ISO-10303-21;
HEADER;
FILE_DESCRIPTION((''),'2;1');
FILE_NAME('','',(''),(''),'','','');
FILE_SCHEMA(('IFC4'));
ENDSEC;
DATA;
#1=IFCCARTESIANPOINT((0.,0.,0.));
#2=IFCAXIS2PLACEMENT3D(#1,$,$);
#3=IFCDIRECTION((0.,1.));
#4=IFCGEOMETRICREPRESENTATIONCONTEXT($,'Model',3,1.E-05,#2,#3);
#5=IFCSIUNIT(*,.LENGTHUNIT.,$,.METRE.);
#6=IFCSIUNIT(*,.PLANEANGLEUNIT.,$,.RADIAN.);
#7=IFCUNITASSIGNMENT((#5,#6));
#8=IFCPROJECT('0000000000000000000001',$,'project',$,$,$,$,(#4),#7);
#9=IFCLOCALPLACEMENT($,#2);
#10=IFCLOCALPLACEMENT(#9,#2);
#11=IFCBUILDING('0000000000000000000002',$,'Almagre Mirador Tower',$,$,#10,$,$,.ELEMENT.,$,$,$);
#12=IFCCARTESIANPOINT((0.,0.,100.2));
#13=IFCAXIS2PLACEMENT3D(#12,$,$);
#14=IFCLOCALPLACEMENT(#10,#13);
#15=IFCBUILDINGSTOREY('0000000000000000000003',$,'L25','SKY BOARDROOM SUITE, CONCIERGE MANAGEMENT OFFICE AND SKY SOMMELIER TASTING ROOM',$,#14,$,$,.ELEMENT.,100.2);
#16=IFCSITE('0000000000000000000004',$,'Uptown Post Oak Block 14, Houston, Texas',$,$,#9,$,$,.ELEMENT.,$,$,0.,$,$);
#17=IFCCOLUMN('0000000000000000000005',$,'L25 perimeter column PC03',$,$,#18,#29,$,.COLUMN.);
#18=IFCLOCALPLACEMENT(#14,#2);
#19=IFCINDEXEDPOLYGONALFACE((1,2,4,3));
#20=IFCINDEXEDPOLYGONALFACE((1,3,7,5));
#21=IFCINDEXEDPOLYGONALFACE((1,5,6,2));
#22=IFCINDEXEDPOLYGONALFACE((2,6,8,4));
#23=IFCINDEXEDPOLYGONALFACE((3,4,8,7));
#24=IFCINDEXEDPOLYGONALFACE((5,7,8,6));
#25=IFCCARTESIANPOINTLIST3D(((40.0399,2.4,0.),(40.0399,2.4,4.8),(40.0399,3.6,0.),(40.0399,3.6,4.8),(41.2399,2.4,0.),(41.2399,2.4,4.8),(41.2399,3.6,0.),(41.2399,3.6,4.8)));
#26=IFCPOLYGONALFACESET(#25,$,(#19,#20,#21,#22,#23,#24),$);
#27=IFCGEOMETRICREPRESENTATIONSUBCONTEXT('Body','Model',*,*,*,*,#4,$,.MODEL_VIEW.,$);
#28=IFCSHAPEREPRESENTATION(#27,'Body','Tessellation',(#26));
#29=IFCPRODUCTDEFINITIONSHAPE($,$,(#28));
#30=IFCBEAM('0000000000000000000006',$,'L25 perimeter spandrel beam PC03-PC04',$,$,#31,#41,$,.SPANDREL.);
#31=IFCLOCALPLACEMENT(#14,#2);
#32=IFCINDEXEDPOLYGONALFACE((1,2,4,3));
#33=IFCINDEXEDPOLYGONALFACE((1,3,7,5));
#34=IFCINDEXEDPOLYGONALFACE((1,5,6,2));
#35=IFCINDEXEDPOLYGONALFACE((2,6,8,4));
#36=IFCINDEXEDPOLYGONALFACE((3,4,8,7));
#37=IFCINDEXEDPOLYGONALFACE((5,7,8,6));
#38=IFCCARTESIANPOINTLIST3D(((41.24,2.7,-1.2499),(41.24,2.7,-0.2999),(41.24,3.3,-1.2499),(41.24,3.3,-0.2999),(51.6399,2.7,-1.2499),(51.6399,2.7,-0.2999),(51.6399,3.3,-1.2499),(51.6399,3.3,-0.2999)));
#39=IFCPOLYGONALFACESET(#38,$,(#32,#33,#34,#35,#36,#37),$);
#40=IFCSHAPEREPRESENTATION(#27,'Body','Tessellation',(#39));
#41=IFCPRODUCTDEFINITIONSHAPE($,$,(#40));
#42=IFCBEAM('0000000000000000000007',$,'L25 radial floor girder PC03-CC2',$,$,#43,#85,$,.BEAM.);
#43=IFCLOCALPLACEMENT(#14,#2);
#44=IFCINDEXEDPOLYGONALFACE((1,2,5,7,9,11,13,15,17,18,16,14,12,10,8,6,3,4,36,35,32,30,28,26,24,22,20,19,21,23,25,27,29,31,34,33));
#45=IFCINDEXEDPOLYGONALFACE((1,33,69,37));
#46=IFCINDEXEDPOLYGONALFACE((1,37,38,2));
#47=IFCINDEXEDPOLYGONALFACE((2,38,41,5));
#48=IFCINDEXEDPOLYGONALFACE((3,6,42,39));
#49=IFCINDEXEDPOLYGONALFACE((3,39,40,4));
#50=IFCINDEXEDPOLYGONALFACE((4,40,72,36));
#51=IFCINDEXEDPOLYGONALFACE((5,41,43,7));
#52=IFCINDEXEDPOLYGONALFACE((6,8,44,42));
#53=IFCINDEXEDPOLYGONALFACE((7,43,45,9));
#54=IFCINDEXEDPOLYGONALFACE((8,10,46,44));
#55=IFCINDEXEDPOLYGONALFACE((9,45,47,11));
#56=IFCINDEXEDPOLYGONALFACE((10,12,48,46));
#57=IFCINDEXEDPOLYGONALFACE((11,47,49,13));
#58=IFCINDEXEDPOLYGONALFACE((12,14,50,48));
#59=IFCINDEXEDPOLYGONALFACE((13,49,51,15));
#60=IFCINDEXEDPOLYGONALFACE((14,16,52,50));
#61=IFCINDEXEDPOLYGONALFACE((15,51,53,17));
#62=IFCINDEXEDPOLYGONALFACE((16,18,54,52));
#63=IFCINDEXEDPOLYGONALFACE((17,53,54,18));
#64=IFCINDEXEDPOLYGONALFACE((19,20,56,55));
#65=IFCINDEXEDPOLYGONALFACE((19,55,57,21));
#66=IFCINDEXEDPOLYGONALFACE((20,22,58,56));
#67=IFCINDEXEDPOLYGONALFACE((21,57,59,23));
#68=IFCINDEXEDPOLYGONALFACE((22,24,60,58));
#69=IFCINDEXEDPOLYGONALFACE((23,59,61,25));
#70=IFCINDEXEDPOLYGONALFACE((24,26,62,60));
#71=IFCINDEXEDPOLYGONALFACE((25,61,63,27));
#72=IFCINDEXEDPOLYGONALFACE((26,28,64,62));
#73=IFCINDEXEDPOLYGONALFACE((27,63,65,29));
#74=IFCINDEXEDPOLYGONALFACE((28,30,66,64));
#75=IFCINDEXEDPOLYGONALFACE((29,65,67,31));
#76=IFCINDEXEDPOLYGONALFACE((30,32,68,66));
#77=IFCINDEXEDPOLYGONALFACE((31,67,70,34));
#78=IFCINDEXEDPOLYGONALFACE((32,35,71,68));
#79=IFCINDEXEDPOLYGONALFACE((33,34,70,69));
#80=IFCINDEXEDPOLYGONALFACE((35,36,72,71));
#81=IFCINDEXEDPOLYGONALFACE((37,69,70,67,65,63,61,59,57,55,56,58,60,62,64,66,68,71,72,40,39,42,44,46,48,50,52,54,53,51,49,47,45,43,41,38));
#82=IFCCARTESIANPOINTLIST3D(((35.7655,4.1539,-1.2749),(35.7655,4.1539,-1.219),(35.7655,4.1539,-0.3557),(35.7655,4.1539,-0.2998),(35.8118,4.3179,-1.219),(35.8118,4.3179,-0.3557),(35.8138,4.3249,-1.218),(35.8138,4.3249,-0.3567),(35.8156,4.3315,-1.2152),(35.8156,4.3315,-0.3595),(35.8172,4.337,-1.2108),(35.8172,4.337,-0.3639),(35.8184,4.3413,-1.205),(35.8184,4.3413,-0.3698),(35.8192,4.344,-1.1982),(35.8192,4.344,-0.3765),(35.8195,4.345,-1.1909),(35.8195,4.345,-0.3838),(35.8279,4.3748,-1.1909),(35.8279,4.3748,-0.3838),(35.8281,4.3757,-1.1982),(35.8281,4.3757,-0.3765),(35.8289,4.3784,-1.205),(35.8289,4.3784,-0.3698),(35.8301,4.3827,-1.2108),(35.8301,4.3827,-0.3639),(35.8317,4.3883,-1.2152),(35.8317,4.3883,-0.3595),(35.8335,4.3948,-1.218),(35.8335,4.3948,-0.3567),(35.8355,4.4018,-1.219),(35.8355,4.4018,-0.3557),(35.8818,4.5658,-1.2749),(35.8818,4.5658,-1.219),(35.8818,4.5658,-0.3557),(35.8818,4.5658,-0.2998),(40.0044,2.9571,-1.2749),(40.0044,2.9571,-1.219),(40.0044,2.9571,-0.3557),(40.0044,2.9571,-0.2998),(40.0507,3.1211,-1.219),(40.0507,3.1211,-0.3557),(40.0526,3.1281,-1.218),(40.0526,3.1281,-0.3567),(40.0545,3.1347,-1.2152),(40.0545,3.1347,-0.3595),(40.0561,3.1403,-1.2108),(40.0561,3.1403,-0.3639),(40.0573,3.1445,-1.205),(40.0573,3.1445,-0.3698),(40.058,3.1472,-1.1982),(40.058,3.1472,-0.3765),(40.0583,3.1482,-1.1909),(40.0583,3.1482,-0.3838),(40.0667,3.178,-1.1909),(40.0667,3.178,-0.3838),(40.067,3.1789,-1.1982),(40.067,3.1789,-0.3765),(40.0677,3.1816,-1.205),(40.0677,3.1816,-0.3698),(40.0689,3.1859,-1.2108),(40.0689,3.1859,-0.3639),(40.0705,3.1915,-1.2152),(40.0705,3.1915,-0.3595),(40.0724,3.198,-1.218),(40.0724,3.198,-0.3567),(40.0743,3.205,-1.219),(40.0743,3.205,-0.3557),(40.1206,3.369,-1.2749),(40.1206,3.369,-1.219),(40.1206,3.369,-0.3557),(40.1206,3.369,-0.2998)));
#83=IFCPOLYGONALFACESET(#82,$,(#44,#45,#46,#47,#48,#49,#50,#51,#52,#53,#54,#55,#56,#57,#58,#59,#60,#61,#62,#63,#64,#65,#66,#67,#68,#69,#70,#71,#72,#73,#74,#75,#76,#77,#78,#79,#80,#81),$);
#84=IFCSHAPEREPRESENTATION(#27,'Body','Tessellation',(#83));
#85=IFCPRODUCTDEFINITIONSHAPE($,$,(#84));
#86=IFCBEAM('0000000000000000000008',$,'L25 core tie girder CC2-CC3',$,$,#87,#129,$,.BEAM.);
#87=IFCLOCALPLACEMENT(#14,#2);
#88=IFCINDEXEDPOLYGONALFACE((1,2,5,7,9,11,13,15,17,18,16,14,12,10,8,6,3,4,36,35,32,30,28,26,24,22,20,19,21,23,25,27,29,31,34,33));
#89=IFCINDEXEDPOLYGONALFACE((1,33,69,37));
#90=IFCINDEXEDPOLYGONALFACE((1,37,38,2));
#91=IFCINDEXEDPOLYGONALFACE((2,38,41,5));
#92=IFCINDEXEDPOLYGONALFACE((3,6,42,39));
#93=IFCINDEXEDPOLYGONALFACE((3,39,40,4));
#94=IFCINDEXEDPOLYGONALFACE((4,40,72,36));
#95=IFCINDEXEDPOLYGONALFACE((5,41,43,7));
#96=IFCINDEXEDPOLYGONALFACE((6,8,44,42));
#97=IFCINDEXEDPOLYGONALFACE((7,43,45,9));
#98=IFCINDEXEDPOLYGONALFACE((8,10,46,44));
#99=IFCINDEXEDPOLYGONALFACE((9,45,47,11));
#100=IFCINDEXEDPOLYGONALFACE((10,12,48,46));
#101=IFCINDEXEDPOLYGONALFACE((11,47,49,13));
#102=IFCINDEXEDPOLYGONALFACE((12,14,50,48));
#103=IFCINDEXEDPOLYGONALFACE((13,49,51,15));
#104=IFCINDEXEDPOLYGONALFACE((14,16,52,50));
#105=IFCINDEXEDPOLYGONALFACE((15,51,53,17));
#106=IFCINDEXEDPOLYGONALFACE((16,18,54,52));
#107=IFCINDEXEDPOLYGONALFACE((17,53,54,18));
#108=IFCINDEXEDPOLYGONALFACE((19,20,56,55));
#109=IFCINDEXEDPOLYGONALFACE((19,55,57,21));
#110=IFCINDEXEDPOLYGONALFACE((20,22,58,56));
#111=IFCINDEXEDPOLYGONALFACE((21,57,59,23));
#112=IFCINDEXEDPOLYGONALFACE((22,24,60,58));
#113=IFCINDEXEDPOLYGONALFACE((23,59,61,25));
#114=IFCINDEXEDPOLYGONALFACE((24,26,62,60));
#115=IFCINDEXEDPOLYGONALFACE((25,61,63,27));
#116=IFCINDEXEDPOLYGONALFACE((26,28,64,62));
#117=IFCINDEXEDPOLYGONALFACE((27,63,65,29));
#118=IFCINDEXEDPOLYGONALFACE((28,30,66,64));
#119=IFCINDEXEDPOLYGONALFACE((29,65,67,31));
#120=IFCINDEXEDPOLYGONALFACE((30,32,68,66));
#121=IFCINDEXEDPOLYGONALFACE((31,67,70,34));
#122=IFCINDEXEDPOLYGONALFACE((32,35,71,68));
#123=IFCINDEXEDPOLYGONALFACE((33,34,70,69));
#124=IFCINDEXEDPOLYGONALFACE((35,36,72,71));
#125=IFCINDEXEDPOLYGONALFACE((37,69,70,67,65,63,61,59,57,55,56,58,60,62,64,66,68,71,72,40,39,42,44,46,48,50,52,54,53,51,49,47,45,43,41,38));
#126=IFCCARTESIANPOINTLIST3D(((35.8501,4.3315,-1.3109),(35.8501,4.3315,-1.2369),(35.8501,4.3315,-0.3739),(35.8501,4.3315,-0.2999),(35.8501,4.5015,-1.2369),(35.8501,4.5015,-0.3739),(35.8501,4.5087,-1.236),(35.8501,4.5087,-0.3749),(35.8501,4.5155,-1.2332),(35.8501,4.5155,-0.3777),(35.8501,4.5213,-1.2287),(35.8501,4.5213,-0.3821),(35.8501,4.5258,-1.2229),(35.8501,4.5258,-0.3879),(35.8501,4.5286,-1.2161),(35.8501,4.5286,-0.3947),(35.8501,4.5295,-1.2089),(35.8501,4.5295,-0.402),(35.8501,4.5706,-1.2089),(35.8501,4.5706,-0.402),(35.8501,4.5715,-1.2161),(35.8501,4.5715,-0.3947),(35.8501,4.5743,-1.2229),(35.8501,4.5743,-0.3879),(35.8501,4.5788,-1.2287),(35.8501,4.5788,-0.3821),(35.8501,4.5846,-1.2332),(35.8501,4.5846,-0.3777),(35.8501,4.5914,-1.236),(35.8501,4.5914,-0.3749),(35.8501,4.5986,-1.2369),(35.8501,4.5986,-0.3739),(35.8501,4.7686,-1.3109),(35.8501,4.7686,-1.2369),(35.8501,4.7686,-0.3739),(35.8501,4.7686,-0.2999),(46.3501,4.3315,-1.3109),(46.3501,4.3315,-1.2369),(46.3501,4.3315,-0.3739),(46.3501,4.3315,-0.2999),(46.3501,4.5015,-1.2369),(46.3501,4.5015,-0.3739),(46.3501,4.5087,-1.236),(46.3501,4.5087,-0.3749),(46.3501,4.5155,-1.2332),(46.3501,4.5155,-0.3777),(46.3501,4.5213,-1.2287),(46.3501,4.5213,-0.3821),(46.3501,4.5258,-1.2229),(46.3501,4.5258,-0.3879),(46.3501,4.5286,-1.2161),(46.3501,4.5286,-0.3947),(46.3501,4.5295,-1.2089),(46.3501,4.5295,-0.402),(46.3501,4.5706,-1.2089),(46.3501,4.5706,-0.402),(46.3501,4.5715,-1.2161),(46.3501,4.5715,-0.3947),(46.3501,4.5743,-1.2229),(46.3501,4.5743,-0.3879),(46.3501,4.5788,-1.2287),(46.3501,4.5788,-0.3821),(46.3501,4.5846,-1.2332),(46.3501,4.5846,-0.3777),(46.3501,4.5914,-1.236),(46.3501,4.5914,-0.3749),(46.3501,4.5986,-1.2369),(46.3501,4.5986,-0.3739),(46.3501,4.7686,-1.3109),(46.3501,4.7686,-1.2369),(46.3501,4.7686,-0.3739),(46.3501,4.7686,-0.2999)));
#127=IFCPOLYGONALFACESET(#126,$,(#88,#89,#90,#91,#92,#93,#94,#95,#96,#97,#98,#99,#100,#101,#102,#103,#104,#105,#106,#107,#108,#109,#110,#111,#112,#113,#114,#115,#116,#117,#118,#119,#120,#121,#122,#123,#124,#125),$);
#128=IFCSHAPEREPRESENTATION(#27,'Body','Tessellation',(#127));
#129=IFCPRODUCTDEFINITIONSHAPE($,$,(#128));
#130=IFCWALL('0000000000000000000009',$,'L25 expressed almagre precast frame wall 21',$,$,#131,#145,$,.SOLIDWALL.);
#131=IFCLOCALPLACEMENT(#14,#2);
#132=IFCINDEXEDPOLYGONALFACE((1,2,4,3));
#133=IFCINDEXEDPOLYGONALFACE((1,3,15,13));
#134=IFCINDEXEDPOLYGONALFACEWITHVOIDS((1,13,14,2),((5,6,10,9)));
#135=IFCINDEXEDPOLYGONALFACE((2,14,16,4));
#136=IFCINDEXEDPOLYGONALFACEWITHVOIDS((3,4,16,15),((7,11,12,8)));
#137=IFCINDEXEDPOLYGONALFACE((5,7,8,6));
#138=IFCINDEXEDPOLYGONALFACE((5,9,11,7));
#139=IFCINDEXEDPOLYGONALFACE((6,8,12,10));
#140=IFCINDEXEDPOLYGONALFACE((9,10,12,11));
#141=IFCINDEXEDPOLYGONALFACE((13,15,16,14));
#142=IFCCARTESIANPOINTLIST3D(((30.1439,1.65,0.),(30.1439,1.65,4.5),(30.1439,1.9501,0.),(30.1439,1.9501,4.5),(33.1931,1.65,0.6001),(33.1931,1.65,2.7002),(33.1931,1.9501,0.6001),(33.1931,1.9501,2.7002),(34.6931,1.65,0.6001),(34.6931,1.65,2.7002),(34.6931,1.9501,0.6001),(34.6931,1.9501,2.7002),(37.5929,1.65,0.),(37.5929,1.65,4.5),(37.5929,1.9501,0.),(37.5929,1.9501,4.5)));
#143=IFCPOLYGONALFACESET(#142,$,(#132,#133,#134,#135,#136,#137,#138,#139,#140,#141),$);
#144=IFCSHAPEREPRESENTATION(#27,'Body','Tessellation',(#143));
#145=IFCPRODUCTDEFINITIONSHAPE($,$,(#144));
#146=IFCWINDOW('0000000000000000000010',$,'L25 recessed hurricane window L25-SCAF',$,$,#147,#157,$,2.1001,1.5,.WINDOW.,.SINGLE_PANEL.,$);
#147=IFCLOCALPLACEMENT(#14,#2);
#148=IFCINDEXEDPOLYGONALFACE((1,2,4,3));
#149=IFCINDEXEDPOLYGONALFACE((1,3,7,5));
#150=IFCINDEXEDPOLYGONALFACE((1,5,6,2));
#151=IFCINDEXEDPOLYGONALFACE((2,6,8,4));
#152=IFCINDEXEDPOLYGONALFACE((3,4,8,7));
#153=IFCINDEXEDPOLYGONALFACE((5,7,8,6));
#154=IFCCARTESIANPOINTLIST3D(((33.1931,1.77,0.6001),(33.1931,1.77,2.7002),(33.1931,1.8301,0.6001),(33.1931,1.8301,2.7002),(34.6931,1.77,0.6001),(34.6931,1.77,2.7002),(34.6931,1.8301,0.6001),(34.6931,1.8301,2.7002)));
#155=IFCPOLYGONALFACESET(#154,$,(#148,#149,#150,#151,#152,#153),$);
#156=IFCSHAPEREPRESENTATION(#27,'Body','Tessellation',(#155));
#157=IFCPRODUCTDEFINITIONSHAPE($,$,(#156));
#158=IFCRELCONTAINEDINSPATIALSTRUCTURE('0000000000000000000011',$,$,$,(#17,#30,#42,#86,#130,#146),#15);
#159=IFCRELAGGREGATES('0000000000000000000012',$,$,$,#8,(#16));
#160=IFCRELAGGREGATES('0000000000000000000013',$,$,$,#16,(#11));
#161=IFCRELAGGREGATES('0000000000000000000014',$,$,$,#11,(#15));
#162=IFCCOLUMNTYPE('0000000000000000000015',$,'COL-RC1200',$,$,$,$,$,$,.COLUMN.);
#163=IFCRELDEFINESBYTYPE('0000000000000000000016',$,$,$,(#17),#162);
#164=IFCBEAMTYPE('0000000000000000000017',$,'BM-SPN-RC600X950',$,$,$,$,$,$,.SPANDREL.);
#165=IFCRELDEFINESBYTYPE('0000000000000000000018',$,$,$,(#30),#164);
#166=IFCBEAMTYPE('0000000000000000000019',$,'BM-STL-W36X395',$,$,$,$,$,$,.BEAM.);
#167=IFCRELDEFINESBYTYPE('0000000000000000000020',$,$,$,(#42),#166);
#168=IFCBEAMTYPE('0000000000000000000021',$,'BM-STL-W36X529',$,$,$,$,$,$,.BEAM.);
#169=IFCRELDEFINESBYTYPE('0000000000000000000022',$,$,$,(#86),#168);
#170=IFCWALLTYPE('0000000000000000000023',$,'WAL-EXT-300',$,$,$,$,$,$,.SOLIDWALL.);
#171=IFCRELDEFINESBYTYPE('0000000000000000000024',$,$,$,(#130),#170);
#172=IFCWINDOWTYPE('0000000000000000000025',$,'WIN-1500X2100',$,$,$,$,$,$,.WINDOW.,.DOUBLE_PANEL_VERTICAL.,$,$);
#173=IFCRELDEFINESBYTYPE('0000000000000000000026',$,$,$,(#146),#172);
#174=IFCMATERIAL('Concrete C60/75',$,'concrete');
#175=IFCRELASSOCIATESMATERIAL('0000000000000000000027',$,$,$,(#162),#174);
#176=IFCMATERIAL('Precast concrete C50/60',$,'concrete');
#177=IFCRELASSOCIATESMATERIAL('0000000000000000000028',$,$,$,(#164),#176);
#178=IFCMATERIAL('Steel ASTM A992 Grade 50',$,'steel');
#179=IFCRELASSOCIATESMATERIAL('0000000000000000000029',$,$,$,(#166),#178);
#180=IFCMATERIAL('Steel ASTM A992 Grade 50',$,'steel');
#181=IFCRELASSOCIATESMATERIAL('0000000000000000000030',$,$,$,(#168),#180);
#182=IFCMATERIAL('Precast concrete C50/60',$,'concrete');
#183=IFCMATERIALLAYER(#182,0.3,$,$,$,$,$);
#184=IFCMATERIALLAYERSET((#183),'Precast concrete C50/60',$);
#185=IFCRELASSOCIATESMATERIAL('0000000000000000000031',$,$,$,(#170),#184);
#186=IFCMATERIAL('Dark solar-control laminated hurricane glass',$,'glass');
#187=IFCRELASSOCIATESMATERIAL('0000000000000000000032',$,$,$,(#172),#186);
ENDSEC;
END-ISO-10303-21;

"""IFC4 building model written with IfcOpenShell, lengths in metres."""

from ifc_helpers import new_model, si_unit, direction, frame, frame_2d, origin, origin_2d, place, context, subcontext, project, spatial, rectangle, i_section, extrude, material, layer, layer_set, material_profile, profile_set, type_object, element, fill, save


model = new_model("IFC4")

# Units and contexts
model_context = context("Model", 3, precision=1e-05, world=origin(), true_north=direction((0.0, 1.0)))
body_context = subcontext(model_context, "Body", "Model", "MODEL_VIEW")
ifc_project = project(units=[si_unit("LENGTHUNIT", "METRE"), si_unit("PLANEANGLEUNIT", "RADIAN")], contexts=[model_context])

# Site, building, storey
site_placement = place(None, origin())
site = spatial("IfcSite", under=ifc_project, at=site_placement, Name="Uptown Post Oak Block 14, Houston, Texas", CompositionType="ELEMENT", RefElevation=0.0)
building_placement = place(site_placement, origin())
building = spatial("IfcBuilding", under=site, at=building_placement, Name="Almagre Mirador Tower", CompositionType="ELEMENT")
storey_placement = place(building_placement, frame((0.0, 0.0, 100.2)))
storey = spatial("IfcBuildingStorey", under=building, at=storey_placement, Name="L25", Description="SKY BOARDROOM SUITE, CONCIERGE MANAGEMENT OFFICE AND SKY SOMMELIER TASTING ROOM", CompositionType="ELEMENT", Elevation=100.2)

# Column
ifc_material_1 = material(Name="Concrete C60/75", Category="concrete")
ifc_material_profile_1 = material_profile(ifc_material_1, rectangle(XDim=1.2, YDim=1.2, at=origin_2d()), Name="RC1200X1200")
ifc_profile_set_1 = profile_set([ifc_material_profile_1], Name="Concrete C60/75")
column_type = type_object("IfcColumnType", Name="COL-RC1200", PredefinedType="COLUMN", material=ifc_profile_set_1)
column_placement = place(storey_placement, frame((40.6399, 3.0, 0.0), z_axis=(0.0, 0.0, 1.0), x_axis=(1.0, 0.0, 0.0)))
element("IfcColumn", 1, at=column_placement, inside=storey, type_object=column_type, Name="L25 perimeter column PC03", PredefinedType="COLUMN", context=body_context, shape_type="SweptSolid", body=[
    extrude(rectangle(XDim=1.2, YDim=1.2, at=origin_2d()), origin(), (0.0, 0.0, 1.0), 4.8),
])

# Beams
ifc_material_2 = material(Name="Precast concrete C50/60", Category="concrete")
ifc_material_profile_2 = material_profile(ifc_material_2, rectangle(XDim=0.6001, YDim=0.95, at=origin_2d()), Name="RC600X950")
ifc_profile_set_2 = profile_set([ifc_material_profile_2], Name="Precast concrete C50/60")
beam_type_1 = type_object("IfcBeamType", Name="BM-SPN-RC600X950", PredefinedType="SPANDREL", material=ifc_profile_set_2)
beam_1_placement = place(storey_placement, frame((41.24, 3.0, -0.7749), z_axis=(1.0, 0.0, 0.0), x_axis=(0.0, 1.0, 0.0)))
element("IfcBeam", 2, at=beam_1_placement, inside=storey, type_object=beam_type_1, Name="L25 perimeter spandrel beam PC03-PC04", PredefinedType="SPANDREL", context=body_context, shape_type="SweptSolid", body=[
    extrude(rectangle(XDim=0.6001, YDim=0.95, at=origin_2d()), origin(), (0.0, 0.0, 1.0), 10.3999),
])
ifc_material_3 = material(Name="Steel ASTM A992 Grade 50", Category="steel")
ifc_material_profile_3 = material_profile(ifc_material_3, i_section(OverallWidth=0.428, OverallDepth=0.9751, WebThickness=0.031, FlangeThickness=0.0559, FilletRadius=0.0281, at=origin_2d()), Name="W36X395")
ifc_profile_set_3 = profile_set([ifc_material_profile_3], Name="Steel ASTM A992 Grade 50")
beam_type_2 = type_object("IfcBeamType", Name="BM-STL-W36X395", PredefinedType="BEAM", material=ifc_profile_set_3)
beam_2_placement = place(storey_placement, frame((40.0625, 3.1631, -0.7874), z_axis=(-0.962377, 0.271718, 0.0), x_axis=(-0.271718, -0.962377, 0.0)))
element("IfcBeam", 3, at=beam_2_placement, inside=storey, type_object=beam_type_2, Name="L25 radial floor girder PC03-CC2", PredefinedType="BEAM", context=body_context, shape_type="SweptSolid", body=[
    extrude(i_section(OverallWidth=0.428, OverallDepth=0.9751, WebThickness=0.031, FlangeThickness=0.0559, FilletRadius=0.0281, at=origin_2d()), origin(), (0.0, 0.0, 1.0), 4.4045),
])
ifc_material_4 = material(Name="Steel ASTM A992 Grade 50", Category="steel")
ifc_material_profile_4 = material_profile(ifc_material_4, i_section(OverallWidth=0.437, OverallDepth=1.011, WebThickness=0.041, FlangeThickness=0.074, FilletRadius=0.0281, at=origin_2d()), Name="W36X529")
ifc_profile_set_4 = profile_set([ifc_material_profile_4], Name="Steel ASTM A992 Grade 50")
beam_type_3 = type_object("IfcBeamType", Name="BM-STL-W36X529", PredefinedType="BEAM", material=ifc_profile_set_4)
beam_3_placement = place(storey_placement, frame((35.8501, 4.55, -0.8054), z_axis=(1.0, 0.0, 0.0), x_axis=(0.0, 1.0, 0.0)))
element("IfcBeam", 4, at=beam_3_placement, inside=storey, type_object=beam_type_3, Name="L25 core tie girder CC2-CC3", PredefinedType="BEAM", context=body_context, shape_type="SweptSolid", body=[
    extrude(i_section(OverallWidth=0.437, OverallDepth=1.011, WebThickness=0.041, FlangeThickness=0.074, FilletRadius=0.0281, at=origin_2d()), origin(), (0.0, 0.0, 1.0), 10.5),
])

# Wall, opening, window
ifc_material_5 = material(Name="Precast concrete C50/60", Category="concrete")
ifc_layer_1 = layer(ifc_material_5, 0.3)
ifc_layer_set_1 = layer_set([ifc_layer_1], Name="Precast concrete C50/60")
wall_type_1 = type_object("IfcWallType", Name="WAL-EXT-300", PredefinedType="SOLIDWALL", material=ifc_layer_set_1)
wall_1_placement = place(storey_placement, frame((37.593, 1.8, 0.0), z_axis=(0.0, 0.0, 1.0), x_axis=(-1.0, 0.0, 0.0)))
wall_1 = element("IfcWall", 5, at=wall_1_placement, inside=storey, type_object=wall_type_1, Name="L25 expressed almagre precast frame wall 21", PredefinedType="SOLIDWALL", context=body_context, shape_type="SweptSolid", body=[
    extrude(rectangle(XDim=7.449, YDim=0.3, at=frame_2d((3.7246, 0.0))), origin(), (0.0, 0.0, 1.0), 4.5),
])
opening_1_placement = place(wall_1_placement, frame((2.8999, 0.0, 0.6001)))
opening_1 = element("IfcOpeningElement", 6, at=opening_1_placement, cuts=wall_1, PredefinedType="OPENING", context=body_context, shape_type="SweptSolid", body=[
    extrude(rectangle(XDim=1.5, YDim=2.1001, at=frame_2d((0.75, 1.05))), frame((0.0, 0.1599, 0.0), z_axis=(0.0, -1.0, 0.0), x_axis=(1.0, 0.0, 0.0)), (0.0, 0.0, 1.0), 0.32),
])
ifc_material_6 = material(Name="Dark solar-control laminated hurricane glass", Category="glass")
window_type = type_object("IfcWindowType", Name="WIN-1500X2100", PartitioningType="DOUBLE_PANEL_VERTICAL", PredefinedType="WINDOW", material=ifc_material_6)
window_placement = place(opening_1_placement, origin())
window = element("IfcWindow", 7, at=window_placement, inside=storey, type_object=window_type, Name="L25 recessed hurricane window L25-SCAF", OverallHeight=2.1001, OverallWidth=1.5, PartitioningType="SINGLE_PANEL", PredefinedType="WINDOW", context=body_context, shape_type="SweptSolid", body=[
    extrude(rectangle(XDim=1.5, YDim=2.1001, at=frame_2d((0.75, 1.05))), frame((0.0, 0.03, 0.0), z_axis=(0.0, -1.0, 0.0), x_axis=(1.0, 0.0, 0.0)), (0.0, 0.0, 1.0), 0.0601),
])
fill(opening_1, window)

save(model, "model.ifc")
